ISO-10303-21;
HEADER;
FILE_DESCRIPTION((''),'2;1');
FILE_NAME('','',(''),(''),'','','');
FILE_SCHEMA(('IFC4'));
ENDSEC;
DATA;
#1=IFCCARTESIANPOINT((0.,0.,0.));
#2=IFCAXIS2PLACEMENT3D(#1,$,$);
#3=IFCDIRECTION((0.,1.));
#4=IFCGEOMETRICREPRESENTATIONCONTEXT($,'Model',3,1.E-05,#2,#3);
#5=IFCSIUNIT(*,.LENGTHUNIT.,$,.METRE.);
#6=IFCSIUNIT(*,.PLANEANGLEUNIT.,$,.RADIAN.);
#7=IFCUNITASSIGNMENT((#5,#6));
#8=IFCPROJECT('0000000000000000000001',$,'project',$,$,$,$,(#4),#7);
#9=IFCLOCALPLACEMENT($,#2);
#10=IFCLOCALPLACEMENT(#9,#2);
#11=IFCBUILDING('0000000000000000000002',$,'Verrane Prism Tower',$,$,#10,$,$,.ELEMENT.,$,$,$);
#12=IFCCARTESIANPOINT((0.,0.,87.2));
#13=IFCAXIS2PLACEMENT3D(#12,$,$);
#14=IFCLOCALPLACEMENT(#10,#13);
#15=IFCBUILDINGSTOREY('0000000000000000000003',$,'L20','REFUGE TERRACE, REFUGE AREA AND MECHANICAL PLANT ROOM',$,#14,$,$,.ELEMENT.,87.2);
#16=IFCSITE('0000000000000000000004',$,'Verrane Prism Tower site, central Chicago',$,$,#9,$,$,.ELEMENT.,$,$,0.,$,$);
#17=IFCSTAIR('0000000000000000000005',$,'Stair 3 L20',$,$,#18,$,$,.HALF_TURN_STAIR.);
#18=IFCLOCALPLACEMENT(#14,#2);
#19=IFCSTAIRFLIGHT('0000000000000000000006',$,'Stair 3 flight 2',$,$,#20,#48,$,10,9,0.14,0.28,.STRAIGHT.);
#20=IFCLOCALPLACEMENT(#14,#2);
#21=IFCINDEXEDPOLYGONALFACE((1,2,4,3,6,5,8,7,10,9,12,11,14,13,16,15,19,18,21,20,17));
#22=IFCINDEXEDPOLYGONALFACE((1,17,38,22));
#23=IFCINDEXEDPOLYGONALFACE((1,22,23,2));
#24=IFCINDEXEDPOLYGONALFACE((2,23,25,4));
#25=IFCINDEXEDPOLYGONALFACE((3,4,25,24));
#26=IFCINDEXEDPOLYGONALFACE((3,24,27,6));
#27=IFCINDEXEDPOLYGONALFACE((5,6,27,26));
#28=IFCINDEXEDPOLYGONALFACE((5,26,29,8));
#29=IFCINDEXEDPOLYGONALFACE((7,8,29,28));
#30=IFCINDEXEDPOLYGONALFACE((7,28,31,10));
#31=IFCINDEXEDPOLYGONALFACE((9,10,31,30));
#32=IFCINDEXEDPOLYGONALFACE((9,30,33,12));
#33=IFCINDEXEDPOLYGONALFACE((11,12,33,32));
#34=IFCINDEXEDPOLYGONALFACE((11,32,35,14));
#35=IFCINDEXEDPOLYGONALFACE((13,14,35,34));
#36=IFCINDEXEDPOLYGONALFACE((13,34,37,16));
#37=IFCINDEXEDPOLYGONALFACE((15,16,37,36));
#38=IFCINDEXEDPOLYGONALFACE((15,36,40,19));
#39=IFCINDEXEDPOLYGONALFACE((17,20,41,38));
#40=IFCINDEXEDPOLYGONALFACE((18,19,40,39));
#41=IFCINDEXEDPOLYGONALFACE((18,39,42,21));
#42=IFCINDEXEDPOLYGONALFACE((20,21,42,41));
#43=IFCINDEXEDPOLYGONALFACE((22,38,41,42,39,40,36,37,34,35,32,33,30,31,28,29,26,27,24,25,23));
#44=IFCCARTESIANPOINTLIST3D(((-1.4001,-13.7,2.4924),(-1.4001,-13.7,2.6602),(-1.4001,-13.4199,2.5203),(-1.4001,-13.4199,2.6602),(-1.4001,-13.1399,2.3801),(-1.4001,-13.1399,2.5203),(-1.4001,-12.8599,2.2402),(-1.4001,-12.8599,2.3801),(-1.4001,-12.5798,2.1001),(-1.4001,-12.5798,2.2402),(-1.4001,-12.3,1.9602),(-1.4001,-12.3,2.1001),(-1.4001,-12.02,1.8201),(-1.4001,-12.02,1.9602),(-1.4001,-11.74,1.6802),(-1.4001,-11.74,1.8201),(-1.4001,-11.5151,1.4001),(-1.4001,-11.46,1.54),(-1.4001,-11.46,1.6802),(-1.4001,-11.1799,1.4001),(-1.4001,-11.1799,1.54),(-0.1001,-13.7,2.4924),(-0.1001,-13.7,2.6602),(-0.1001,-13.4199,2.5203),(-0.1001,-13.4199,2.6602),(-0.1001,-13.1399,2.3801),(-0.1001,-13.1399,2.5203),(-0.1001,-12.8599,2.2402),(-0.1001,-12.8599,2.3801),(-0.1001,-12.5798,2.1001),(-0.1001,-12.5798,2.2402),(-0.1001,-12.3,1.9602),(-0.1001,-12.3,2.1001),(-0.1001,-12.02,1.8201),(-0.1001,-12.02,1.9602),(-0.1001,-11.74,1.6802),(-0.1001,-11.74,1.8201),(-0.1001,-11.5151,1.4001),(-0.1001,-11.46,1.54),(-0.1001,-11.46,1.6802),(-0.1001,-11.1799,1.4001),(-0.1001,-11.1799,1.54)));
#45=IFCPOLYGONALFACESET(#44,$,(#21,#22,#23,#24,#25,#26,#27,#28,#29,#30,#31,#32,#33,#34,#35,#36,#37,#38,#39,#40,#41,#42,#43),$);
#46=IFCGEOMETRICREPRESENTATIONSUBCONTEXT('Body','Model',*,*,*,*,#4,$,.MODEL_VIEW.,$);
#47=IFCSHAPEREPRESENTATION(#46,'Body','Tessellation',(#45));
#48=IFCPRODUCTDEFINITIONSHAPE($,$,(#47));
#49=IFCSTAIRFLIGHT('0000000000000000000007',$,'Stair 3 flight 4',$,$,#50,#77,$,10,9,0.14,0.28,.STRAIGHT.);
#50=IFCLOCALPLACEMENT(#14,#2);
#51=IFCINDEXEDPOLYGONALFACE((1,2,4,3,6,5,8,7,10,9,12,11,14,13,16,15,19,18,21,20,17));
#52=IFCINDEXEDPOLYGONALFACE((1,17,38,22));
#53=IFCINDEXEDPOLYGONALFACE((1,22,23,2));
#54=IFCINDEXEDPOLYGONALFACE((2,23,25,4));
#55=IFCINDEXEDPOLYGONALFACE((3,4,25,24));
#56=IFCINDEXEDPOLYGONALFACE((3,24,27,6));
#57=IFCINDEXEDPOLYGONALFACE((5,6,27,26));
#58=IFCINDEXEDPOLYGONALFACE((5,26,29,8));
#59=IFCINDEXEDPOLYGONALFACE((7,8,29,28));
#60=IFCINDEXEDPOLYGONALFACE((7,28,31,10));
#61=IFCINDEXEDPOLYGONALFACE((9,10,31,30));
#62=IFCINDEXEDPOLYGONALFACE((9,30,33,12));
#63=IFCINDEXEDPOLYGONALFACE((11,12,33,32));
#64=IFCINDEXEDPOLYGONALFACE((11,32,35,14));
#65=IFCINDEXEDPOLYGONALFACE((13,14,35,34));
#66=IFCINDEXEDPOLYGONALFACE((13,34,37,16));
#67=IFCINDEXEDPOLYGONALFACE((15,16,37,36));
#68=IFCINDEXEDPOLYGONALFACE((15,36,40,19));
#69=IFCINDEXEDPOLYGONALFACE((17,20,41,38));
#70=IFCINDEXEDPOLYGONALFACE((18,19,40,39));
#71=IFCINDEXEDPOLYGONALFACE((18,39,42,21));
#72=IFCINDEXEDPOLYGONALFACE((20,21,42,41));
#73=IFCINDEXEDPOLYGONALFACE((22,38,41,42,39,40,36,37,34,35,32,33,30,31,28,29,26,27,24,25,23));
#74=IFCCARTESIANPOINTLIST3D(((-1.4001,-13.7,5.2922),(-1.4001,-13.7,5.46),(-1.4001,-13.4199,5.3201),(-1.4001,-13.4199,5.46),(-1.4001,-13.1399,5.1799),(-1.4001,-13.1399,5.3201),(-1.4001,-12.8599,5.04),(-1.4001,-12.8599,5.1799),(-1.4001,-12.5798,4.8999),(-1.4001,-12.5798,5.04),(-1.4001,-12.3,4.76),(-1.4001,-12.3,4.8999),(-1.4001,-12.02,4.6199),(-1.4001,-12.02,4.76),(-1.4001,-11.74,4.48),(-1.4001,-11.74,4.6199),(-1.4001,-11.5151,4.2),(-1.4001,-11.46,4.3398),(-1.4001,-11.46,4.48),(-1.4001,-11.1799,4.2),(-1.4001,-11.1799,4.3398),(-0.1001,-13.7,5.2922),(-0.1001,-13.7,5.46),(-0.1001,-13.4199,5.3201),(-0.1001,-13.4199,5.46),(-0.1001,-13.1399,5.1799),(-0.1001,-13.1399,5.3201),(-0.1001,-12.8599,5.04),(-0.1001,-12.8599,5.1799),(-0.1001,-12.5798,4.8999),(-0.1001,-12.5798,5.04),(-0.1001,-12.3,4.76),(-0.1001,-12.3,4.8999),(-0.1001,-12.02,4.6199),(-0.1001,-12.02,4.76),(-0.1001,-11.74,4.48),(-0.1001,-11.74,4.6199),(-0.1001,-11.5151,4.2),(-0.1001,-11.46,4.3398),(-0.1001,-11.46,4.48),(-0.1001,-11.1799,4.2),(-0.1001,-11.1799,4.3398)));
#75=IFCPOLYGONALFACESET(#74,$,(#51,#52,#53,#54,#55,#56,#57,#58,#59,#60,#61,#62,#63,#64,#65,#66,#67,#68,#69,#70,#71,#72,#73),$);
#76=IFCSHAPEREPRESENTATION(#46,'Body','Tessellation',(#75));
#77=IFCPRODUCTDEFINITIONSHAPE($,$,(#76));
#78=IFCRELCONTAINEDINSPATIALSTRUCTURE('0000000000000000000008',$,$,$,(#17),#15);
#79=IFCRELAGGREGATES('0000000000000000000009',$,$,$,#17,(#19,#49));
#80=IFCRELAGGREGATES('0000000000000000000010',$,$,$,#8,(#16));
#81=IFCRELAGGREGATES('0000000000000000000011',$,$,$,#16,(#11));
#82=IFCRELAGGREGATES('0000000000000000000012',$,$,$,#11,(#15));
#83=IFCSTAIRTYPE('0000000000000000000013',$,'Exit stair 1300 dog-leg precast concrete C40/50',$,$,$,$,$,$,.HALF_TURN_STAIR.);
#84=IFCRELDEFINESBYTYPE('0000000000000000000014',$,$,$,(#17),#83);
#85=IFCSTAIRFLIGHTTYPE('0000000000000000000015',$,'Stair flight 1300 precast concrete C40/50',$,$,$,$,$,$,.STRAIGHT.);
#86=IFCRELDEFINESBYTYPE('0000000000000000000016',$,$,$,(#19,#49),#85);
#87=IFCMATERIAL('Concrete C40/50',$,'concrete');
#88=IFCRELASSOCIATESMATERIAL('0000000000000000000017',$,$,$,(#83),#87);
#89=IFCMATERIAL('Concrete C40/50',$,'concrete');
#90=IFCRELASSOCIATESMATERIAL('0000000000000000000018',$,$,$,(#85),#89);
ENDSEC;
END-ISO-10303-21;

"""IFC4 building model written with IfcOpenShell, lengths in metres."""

from ifc_helpers import new_model, si_unit, direction, frame, origin, place, context, subcontext, project, spatial, polyline, outline, extrude, material, type_object, element, aggregate, save


model = new_model("IFC4")

# Units and contexts
model_context = context("Model", 3, precision=1e-05, world=origin(), true_north=direction((0.0, 1.0)))
body_context = subcontext(model_context, "Body", "Model", "MODEL_VIEW")
ifc_project = project(units=[si_unit("LENGTHUNIT", "METRE"), si_unit("PLANEANGLEUNIT", "RADIAN")], contexts=[model_context])

# Site, building, storey
site_placement = place(None, origin())
site = spatial("IfcSite", under=ifc_project, at=site_placement, Name="Verrane Prism Tower site, central Chicago", CompositionType="ELEMENT", RefElevation=0.0)
building_placement = place(site_placement, origin())
building = spatial("IfcBuilding", under=site, at=building_placement, Name="Verrane Prism Tower", CompositionType="ELEMENT")
storey_placement = place(building_placement, frame((0.0, 0.0, 87.2)))
storey = spatial("IfcBuildingStorey", under=building, at=storey_placement, Name="L20", Description="REFUGE TERRACE, REFUGE AREA AND MECHANICAL PLANT ROOM", CompositionType="ELEMENT", Elevation=87.2)

# Stair, stair flights
ifc_material_1 = material(Name="Concrete C40/50", Category="concrete")
stair_type = type_object("IfcStairType", Name="Exit stair 1300 dog-leg precast concrete C40/50", PredefinedType="HALF_TURN_STAIR", material=ifc_material_1)
stair_placement = place(storey_placement, origin())
stair = element("IfcStair", 1, at=stair_placement, inside=storey, type_object=stair_type, Name="Stair 3 L20", PredefinedType="HALF_TURN_STAIR")
ifc_material_2 = material(Name="Concrete C40/50", Category="concrete")
stair_flight_type = type_object("IfcStairFlightType", Name="Stair flight 1300 precast concrete C40/50", PredefinedType="STRAIGHT", material=ifc_material_2)
stair_flight_1_placement = place(storey_placement, frame((-0.75, -11.1799, 1.4001), z_axis=(0.0, 0.0, 1.0), x_axis=(0.0, -1.0, 0.0)))
stair_flight_1 = element("IfcStairFlight", 2, at=stair_flight_1_placement, type_object=stair_flight_type, Name="Stair 3 flight 2", NumberOfRisers=10, NumberOfTreads=9, PredefinedType="STRAIGHT", RiserHeight=0.14, TreadLength=0.28, context=body_context, shape_type="SweptSolid", body=[
    extrude(outline(polyline([(0.0, 0.0), (0.0, 0.1399), (0.28, 0.1399), (0.28, 0.28), (0.5601, 0.28), (0.5601, 0.4199), (0.8401, 0.4199), (0.8401, 0.5601), (1.1201, 0.5601), (1.1201, 0.7), (1.3999, 0.7), (1.3999, 0.8401), (1.6799, 0.8401), (1.6799, 0.98), (1.96, 0.98), (1.96, 1.1201), (2.24, 1.1201), (2.24, 1.26), (2.52, 1.26), (2.52, 1.3999), (2.52, 1.0923), (0.3352, 0.0), (0.0, 0.0)])), frame((0.0, 0.6499, 0.0), z_axis=(0.0, -1.0, 0.0), x_axis=(1.0, 0.0, 0.0)), (0.0, 0.0, 1.0), 1.3),
])
stair_flight_2_placement = place(storey_placement, frame((-0.75, -11.1799, 4.2), z_axis=(0.0, 0.0, 1.0), x_axis=(0.0, -1.0, 0.0)))
stair_flight_2 = element("IfcStairFlight", 3, at=stair_flight_2_placement, type_object=stair_flight_type, Name="Stair 3 flight 4", NumberOfRisers=10, NumberOfTreads=9, PredefinedType="STRAIGHT", RiserHeight=0.14, TreadLength=0.28, context=body_context, shape_type="SweptSolid", body=[
    extrude(outline(polyline([(0.0, 0.0), (0.0, 0.1399), (0.28, 0.1399), (0.28, 0.28), (0.5601, 0.28), (0.5601, 0.4199), (0.8401, 0.4199), (0.8401, 0.5601), (1.1201, 0.5601), (1.1201, 0.7), (1.3999, 0.7), (1.3999, 0.8401), (1.6799, 0.8401), (1.6799, 0.98), (1.96, 0.98), (1.96, 1.1201), (2.24, 1.1201), (2.24, 1.26), (2.52, 1.26), (2.52, 1.3999), (2.52, 1.0923), (0.3352, 0.0), (0.0, 0.0)])), frame((0.0, 0.6499, 0.0), z_axis=(0.0, -1.0, 0.0), x_axis=(1.0, 0.0, 0.0)), (0.0, 0.0, 1.0), 1.3),
])
aggregate(stair, [stair_flight_1, stair_flight_2])

save(model, "model.ifc")
